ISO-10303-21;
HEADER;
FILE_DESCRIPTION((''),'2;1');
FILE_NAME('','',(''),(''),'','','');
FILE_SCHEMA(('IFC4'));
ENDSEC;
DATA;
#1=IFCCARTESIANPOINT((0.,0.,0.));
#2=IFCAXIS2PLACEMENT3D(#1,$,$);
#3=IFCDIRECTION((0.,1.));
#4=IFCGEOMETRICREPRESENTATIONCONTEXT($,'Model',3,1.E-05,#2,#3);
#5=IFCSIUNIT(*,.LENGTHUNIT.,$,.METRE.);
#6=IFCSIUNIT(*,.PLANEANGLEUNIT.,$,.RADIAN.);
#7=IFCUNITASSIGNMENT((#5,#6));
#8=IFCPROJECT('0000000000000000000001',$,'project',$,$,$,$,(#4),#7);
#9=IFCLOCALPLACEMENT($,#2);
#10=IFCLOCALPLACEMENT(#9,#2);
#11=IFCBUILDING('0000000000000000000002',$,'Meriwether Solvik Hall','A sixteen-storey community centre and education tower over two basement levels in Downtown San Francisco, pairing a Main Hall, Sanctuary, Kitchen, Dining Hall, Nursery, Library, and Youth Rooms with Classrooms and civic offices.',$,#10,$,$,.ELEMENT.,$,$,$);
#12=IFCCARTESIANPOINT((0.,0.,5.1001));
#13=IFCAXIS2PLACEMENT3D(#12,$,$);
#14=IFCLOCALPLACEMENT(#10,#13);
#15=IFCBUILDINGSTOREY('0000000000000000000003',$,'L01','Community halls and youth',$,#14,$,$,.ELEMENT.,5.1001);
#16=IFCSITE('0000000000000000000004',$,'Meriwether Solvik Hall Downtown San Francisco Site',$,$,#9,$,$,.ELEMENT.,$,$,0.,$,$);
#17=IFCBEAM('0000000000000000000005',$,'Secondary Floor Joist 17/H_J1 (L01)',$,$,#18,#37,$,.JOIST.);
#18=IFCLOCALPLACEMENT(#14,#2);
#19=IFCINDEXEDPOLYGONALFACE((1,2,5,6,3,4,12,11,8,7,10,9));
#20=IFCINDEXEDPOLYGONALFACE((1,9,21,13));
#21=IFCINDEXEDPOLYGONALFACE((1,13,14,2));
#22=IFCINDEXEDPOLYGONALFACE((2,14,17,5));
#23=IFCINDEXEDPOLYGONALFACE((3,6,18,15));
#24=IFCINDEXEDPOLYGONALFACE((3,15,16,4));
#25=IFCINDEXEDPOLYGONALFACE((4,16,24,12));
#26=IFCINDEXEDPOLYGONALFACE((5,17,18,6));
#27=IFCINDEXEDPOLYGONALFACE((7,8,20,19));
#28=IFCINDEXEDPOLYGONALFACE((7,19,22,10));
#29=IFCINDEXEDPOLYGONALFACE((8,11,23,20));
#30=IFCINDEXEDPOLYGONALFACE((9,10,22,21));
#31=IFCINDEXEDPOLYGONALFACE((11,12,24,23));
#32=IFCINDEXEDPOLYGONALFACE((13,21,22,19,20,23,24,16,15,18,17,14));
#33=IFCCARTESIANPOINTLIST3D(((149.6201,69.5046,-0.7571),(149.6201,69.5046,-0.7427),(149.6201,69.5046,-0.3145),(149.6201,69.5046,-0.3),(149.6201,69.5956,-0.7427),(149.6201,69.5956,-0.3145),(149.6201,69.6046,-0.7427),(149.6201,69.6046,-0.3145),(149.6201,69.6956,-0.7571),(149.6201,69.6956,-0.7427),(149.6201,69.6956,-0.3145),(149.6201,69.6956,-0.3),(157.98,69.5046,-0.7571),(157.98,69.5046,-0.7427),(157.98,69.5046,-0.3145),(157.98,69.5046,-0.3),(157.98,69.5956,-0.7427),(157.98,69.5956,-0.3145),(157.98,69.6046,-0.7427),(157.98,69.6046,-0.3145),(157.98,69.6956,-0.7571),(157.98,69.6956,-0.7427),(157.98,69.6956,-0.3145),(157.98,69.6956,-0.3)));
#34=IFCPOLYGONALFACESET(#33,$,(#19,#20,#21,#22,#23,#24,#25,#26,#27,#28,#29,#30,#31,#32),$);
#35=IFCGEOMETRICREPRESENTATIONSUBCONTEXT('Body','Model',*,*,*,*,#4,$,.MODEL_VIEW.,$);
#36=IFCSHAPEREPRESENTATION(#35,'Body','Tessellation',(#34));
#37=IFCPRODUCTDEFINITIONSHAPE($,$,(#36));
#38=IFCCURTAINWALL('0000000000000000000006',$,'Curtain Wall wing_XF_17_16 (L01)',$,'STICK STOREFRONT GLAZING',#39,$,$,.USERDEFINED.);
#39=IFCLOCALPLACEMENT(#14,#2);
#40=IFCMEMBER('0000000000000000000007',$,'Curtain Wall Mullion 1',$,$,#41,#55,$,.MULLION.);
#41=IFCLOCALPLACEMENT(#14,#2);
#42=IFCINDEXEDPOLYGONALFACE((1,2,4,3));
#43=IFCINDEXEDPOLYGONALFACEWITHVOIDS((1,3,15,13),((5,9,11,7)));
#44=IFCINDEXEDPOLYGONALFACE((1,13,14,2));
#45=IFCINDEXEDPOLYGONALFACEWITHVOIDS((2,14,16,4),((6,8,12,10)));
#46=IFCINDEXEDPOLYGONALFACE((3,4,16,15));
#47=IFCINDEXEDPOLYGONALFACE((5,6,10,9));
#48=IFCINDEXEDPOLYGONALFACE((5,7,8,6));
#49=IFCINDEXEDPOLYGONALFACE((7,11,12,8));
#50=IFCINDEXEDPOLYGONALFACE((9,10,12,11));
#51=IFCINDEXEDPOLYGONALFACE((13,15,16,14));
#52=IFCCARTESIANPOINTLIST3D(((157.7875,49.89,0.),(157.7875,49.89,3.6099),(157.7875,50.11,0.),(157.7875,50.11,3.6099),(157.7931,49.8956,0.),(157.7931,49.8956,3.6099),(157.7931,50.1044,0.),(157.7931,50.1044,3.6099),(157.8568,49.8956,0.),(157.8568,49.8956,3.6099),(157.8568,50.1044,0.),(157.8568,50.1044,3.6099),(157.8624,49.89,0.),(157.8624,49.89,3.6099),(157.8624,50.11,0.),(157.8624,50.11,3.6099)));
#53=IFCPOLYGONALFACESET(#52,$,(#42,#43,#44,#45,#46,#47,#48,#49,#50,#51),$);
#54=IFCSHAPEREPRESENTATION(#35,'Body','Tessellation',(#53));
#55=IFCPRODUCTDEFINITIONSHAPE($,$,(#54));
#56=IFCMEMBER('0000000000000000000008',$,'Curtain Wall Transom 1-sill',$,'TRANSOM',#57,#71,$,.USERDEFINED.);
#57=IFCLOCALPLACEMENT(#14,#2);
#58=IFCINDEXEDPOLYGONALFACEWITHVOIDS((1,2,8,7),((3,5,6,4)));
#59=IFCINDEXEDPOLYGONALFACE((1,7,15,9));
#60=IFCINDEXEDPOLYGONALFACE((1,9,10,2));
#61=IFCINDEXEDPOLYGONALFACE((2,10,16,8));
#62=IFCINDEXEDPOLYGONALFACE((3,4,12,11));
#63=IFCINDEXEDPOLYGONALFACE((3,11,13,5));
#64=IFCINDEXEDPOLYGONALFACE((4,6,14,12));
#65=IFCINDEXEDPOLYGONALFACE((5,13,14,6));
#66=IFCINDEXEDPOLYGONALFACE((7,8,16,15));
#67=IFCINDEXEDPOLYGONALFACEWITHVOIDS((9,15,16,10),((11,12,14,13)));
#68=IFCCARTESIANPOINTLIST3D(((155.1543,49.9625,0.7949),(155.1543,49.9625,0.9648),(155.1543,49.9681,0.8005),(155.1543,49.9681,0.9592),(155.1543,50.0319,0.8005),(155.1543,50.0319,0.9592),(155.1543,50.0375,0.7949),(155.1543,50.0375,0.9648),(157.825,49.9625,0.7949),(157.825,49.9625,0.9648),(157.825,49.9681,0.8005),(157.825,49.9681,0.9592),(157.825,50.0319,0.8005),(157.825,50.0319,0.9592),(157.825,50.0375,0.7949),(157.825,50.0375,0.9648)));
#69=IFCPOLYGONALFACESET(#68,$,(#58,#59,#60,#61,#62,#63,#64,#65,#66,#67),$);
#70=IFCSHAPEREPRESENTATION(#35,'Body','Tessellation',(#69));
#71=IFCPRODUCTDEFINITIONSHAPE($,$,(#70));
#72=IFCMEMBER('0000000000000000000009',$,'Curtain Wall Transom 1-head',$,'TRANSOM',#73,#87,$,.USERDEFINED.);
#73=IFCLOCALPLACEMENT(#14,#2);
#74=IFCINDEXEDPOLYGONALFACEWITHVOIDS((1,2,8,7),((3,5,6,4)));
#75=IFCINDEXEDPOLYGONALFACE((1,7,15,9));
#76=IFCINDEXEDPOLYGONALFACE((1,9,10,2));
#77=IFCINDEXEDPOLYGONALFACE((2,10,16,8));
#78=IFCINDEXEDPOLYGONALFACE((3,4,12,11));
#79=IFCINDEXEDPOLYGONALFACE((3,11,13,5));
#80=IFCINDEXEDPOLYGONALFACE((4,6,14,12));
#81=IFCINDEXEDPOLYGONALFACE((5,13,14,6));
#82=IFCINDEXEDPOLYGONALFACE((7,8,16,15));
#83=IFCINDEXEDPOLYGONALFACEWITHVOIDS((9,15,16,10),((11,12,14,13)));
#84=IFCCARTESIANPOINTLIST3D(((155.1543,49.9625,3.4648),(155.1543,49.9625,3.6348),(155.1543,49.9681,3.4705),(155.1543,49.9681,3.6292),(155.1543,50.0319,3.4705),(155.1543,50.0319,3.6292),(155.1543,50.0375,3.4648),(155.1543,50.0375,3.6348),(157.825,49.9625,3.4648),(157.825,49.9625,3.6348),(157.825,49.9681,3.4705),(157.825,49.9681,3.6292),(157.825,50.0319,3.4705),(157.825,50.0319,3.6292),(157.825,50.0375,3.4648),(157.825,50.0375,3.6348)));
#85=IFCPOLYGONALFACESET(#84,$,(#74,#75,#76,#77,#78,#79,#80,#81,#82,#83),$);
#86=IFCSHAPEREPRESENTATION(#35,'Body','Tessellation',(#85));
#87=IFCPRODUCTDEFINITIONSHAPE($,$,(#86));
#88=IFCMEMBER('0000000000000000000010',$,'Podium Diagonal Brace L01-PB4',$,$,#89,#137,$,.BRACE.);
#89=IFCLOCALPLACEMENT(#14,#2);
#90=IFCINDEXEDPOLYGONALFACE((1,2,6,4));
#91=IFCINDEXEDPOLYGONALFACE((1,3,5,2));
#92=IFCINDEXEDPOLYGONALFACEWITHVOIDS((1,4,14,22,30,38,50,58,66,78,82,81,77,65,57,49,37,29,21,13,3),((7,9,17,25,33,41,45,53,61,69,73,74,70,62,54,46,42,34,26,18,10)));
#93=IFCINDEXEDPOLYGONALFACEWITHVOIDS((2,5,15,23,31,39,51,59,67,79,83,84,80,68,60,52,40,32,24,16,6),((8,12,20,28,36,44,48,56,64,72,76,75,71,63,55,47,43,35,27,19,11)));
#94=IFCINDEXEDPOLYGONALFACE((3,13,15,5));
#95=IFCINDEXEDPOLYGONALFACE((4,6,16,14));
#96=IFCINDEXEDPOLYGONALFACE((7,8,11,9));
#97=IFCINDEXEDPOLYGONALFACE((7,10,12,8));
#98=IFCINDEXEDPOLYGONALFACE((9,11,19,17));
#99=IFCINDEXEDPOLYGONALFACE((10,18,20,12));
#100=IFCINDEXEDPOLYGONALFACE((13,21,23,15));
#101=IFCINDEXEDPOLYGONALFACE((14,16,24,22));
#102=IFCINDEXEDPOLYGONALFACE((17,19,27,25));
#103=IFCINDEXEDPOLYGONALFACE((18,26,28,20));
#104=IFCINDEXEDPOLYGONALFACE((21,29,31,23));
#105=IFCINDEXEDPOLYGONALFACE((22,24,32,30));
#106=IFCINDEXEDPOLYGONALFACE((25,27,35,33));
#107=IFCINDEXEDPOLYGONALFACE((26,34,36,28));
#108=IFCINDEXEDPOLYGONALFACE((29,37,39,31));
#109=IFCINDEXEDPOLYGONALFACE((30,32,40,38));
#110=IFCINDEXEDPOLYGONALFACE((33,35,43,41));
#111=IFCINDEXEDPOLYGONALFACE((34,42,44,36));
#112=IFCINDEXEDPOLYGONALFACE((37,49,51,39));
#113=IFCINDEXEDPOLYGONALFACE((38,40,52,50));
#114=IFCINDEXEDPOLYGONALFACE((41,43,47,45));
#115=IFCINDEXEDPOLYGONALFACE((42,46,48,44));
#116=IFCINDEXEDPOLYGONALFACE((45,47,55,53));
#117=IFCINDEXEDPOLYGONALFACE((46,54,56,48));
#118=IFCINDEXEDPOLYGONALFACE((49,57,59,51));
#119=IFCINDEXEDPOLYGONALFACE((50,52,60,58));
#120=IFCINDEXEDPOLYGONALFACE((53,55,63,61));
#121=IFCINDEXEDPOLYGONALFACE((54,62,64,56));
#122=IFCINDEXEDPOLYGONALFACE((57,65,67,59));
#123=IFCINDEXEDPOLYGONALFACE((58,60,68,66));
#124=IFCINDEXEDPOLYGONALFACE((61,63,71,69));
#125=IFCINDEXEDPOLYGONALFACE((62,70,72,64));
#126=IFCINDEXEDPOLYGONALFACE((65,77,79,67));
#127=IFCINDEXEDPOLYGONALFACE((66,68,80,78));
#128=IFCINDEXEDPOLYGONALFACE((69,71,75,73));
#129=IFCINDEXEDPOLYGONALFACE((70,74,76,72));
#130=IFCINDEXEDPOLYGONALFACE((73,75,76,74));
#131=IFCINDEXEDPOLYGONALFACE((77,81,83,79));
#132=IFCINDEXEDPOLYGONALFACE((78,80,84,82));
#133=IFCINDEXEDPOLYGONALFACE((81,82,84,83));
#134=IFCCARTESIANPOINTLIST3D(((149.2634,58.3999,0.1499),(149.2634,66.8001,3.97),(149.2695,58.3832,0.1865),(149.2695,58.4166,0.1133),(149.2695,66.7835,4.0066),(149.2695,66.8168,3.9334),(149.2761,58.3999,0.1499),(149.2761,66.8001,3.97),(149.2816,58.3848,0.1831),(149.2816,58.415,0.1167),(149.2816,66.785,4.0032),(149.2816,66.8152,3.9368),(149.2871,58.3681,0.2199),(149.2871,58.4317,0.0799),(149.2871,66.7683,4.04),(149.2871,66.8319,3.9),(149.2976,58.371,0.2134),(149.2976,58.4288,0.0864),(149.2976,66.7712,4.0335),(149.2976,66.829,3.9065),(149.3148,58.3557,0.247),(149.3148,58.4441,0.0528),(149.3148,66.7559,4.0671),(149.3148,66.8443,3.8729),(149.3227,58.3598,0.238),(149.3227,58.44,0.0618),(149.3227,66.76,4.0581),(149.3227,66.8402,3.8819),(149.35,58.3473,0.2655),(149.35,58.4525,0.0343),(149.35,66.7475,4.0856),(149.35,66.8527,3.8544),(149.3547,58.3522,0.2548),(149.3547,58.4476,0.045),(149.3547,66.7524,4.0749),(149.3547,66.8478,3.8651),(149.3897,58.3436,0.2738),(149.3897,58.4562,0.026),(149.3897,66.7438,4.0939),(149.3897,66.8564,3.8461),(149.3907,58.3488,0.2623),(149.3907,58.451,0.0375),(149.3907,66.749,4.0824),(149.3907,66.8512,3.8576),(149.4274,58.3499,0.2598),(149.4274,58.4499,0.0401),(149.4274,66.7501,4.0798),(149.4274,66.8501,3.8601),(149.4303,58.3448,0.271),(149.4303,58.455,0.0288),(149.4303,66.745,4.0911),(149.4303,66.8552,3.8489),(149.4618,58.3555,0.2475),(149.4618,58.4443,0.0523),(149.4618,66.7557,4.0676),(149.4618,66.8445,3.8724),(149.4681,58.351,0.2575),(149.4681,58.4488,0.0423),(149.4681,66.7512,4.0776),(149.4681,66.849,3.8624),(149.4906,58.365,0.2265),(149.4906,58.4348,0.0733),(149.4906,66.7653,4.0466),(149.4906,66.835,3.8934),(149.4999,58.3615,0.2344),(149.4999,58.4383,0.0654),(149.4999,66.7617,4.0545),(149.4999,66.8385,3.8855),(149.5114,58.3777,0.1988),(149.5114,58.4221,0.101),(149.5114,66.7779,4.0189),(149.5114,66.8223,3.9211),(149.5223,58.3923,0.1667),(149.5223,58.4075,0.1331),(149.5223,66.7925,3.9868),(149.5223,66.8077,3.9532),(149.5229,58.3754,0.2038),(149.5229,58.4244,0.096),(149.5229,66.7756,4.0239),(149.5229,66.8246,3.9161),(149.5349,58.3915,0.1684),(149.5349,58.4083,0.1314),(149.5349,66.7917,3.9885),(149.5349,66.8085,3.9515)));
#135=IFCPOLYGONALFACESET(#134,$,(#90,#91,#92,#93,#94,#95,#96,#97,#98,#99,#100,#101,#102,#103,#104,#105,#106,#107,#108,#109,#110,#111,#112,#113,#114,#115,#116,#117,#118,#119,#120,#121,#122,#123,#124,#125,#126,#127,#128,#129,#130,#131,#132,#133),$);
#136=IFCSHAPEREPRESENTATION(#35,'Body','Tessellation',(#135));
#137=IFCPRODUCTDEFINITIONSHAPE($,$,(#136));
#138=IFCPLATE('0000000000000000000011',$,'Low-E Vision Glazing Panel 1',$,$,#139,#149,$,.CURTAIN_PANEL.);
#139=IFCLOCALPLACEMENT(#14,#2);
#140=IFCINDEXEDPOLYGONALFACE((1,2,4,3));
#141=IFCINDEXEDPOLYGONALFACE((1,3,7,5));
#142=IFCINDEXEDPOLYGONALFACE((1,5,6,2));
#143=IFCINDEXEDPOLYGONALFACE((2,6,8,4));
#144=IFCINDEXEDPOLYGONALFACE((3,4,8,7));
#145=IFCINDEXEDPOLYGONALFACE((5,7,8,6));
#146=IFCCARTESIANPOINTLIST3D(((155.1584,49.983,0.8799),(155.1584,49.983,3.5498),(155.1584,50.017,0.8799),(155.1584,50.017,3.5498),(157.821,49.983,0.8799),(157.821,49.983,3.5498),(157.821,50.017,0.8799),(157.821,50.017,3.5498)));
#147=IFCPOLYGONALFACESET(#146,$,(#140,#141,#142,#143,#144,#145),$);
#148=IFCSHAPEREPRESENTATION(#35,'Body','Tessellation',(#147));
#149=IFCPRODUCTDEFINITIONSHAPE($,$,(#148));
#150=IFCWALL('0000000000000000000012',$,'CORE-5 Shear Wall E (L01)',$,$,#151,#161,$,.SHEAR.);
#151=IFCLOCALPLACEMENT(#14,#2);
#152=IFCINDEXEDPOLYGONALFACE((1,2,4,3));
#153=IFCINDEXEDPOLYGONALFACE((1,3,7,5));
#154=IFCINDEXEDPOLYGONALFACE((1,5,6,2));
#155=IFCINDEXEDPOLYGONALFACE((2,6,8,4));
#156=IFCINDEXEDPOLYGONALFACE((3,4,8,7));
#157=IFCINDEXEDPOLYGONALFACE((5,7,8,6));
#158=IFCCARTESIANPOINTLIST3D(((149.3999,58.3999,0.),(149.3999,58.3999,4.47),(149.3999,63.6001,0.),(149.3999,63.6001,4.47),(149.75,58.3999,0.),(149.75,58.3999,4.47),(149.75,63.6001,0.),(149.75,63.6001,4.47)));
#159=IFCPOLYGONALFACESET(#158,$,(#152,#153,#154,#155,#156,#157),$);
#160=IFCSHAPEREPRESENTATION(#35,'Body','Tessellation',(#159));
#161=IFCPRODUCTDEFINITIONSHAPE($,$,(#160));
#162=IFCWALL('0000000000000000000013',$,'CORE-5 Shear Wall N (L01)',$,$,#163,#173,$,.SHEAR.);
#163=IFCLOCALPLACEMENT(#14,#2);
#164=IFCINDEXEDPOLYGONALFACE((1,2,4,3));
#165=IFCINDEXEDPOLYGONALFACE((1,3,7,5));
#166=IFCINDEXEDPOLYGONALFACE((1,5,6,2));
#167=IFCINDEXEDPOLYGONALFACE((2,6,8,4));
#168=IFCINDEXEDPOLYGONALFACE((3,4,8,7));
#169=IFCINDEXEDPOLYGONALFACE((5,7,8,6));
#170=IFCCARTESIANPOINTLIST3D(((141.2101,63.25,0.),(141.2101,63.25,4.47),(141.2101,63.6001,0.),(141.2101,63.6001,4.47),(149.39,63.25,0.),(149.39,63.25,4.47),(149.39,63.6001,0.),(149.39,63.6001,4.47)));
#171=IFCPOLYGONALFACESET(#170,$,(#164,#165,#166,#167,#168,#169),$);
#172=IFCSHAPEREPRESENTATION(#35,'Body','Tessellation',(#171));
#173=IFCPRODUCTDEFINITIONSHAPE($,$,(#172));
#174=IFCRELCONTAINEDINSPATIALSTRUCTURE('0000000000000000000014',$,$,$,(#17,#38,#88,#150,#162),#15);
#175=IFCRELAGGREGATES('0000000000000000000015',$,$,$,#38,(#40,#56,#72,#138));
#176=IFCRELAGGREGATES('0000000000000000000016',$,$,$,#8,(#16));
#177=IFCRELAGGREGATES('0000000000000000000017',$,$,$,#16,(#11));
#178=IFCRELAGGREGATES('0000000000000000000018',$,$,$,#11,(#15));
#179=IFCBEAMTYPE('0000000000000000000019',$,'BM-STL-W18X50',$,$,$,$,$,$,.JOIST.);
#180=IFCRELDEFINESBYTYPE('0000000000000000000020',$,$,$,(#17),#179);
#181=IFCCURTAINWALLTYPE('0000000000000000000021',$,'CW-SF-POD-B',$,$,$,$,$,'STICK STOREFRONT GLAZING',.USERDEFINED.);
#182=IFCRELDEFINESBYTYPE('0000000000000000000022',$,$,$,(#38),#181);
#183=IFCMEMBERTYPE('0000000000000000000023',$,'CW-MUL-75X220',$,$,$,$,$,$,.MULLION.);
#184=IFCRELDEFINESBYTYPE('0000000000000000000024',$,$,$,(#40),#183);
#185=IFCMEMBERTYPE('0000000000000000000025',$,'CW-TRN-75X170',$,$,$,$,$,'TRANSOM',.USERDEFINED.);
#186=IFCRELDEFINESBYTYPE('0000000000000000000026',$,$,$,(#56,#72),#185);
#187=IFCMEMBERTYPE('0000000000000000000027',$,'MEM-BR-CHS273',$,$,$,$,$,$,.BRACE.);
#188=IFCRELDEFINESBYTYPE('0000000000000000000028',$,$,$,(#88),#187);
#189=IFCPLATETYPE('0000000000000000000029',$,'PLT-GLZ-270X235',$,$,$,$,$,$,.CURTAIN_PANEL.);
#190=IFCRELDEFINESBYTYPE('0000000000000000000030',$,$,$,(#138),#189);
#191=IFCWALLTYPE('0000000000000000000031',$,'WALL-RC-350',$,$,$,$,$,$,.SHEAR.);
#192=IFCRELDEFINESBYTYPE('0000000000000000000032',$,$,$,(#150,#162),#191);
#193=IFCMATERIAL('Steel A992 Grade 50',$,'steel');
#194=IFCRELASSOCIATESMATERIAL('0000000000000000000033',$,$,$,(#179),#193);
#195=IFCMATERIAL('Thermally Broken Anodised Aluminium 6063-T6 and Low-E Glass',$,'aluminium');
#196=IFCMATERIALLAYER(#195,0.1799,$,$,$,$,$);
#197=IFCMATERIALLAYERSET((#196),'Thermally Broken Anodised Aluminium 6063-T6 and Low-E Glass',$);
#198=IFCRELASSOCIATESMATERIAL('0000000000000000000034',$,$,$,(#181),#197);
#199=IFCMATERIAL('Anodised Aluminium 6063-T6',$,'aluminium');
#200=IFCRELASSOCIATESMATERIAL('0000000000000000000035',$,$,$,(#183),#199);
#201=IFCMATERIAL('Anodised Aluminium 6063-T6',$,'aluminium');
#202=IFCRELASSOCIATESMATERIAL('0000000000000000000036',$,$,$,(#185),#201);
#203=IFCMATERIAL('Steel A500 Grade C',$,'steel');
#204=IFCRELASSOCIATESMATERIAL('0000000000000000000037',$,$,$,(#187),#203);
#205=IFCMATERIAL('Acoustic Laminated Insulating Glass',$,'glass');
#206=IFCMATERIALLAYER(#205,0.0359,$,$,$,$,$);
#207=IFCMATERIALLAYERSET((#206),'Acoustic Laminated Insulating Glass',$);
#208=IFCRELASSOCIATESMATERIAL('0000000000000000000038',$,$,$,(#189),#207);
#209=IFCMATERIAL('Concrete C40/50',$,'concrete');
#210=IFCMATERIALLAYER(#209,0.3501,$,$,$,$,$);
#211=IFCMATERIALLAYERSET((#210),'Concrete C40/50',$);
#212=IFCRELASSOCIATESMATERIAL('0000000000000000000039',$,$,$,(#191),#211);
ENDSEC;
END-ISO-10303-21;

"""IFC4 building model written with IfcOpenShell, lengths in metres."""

from ifc_helpers import new_model, si_unit, direction, frame, frame_2d, origin, origin_2d, place, context, subcontext, project, spatial, rectangle, hollow_rectangle, hollow_circle, i_section, extrude, material, layer, layer_set, material_profile, profile_set, type_object, element, aggregate, save


model = new_model("IFC4")

# Units and contexts
model_context = context("Model", 3, precision=1e-05, world=origin(), true_north=direction((0.0, 1.0)))
body_context = subcontext(model_context, "Body", "Model", "MODEL_VIEW")
ifc_project = project(units=[si_unit("LENGTHUNIT", "METRE"), si_unit("PLANEANGLEUNIT", "RADIAN")], contexts=[model_context])

# Site, building, storey
site_placement = place(None, origin())
site = spatial("IfcSite", under=ifc_project, at=site_placement, Name="Meriwether Solvik Hall Downtown San Francisco Site", CompositionType="ELEMENT", RefElevation=0.0)
building_placement = place(site_placement, origin())
building = spatial("IfcBuilding", under=site, at=building_placement, Name="Meriwether Solvik Hall", Description="A sixteen-storey community centre and education tower over two basement levels in Downtown San Francisco, pairing a Main Hall, Sanctuary, Kitchen, Dining Hall, Nursery, Library, and Youth Rooms with Classrooms and civic offices.", CompositionType="ELEMENT")
storey_placement = place(building_placement, frame((0.0, 0.0, 5.1001)))
storey = spatial("IfcBuildingStorey", under=building, at=storey_placement, Name="L01", Description="Community halls and youth", CompositionType="ELEMENT", Elevation=5.1001)

# Beam
ifc_material_1 = material(Name="Steel A992 Grade 50", Category="steel")
ifc_material_profile_1 = material_profile(ifc_material_1, i_section(OverallWidth=0.1909, OverallDepth=0.457, WebThickness=0.009, FlangeThickness=0.0144, at=origin_2d()), Name="W18X50")
ifc_profile_set_1 = profile_set([ifc_material_profile_1], Name="Steel A992 Grade 50")
beam_type_1 = type_object("IfcBeamType", Name="BM-STL-W18X50", PredefinedType="JOIST", material=ifc_profile_set_1)
beam_1_placement = place(storey_placement, frame((149.6201, 69.6001, -0.5286), z_axis=(1.0, 0.0, 0.0), x_axis=(0.0, 1.0, 0.0)))
element("IfcBeam", 1, at=beam_1_placement, inside=storey, type_object=beam_type_1, Name="Secondary Floor Joist 17/H_J1 (L01)", PredefinedType="JOIST", context=body_context, shape_type="SweptSolid", body=[
    extrude(i_section(OverallWidth=0.1909, OverallDepth=0.457, WebThickness=0.009, FlangeThickness=0.0144, at=origin_2d()), origin(), (0.0, 0.0, 1.0), 8.3599),
])

# Curtain wall, members
ifc_material_2 = material(Name="Thermally Broken Anodised Aluminium 6063-T6 and Low-E Glass", Category="aluminium")
ifc_layer_1 = layer(ifc_material_2, 0.1799)
ifc_layer_set_1 = layer_set([ifc_layer_1], Name="Thermally Broken Anodised Aluminium 6063-T6 and Low-E Glass")
curtain_wall_type = type_object("IfcCurtainWallType", Name="CW-SF-POD-B", ElementType="STICK STOREFRONT GLAZING", PredefinedType="USERDEFINED", material=ifc_layer_set_1)
curtain_wall_placement = place(storey_placement, origin())
curtain_wall = element("IfcCurtainWall", 2, at=curtain_wall_placement, inside=storey, type_object=curtain_wall_type, Name="Curtain Wall wing_XF_17_16 (L01)", ObjectType="STICK STOREFRONT GLAZING", PredefinedType="USERDEFINED")
ifc_material_3 = material(Name="Anodised Aluminium 6063-T6", Category="aluminium")
ifc_material_profile_2 = material_profile(ifc_material_3, hollow_rectangle(XDim=0.075, YDim=0.22, WallThickness=0.0056, at=origin_2d()), Name="CWM-75X220")
ifc_profile_set_2 = profile_set([ifc_material_profile_2], Name="Anodised Aluminium 6063-T6")
member_type_1 = type_object("IfcMemberType", Name="CW-MUL-75X220", PredefinedType="MULLION", material=ifc_profile_set_2)
member_1_placement = place(storey_placement, frame((157.825, 50.0, 0.0), z_axis=(0.0, 0.0, 1.0), x_axis=(-1.0, 0.0, 0.0)))
member_1 = element("IfcMember", 3, at=member_1_placement, type_object=member_type_1, Name="Curtain Wall Mullion 1", PredefinedType="MULLION", context=body_context, shape_type="SweptSolid", body=[
    extrude(hollow_rectangle(XDim=0.075, YDim=0.22, WallThickness=0.0056, at=origin_2d()), origin(), (0.0, 0.0, 1.0), 3.6099),
])
ifc_material_4 = material(Name="Anodised Aluminium 6063-T6", Category="aluminium")
ifc_material_profile_3 = material_profile(ifc_material_4, hollow_rectangle(XDim=0.075, YDim=0.1699, WallThickness=0.0056, at=origin_2d()), Name="CWT-75X170")
ifc_profile_set_3 = profile_set([ifc_material_profile_3], Name="Anodised Aluminium 6063-T6")
member_type_2 = type_object("IfcMemberType", Name="CW-TRN-75X170", ElementType="TRANSOM", PredefinedType="USERDEFINED", material=ifc_profile_set_3)
member_2_placement = place(storey_placement, frame((157.825, 50.0, 0.8799), z_axis=(-1.0, 0.0, 0.0), x_axis=(0.0, -1.0, 0.0)))
member_2 = element("IfcMember", 4, at=member_2_placement, type_object=member_type_2, Name="Curtain Wall Transom 1-sill", ObjectType="TRANSOM", PredefinedType="USERDEFINED", context=body_context, shape_type="SweptSolid", body=[
    extrude(hollow_rectangle(XDim=0.075, YDim=0.1699, WallThickness=0.0056, at=origin_2d()), origin(), (0.0, 0.0, 1.0), 2.6707),
])
member_3_placement = place(storey_placement, frame((157.825, 50.0, 3.5498), z_axis=(-1.0, 0.0, 0.0), x_axis=(0.0, -1.0, 0.0)))
member_3 = element("IfcMember", 5, at=member_3_placement, type_object=member_type_2, Name="Curtain Wall Transom 1-head", ObjectType="TRANSOM", PredefinedType="USERDEFINED", context=body_context, shape_type="SweptSolid", body=[
    extrude(hollow_rectangle(XDim=0.075, YDim=0.1699, WallThickness=0.0056, at=origin_2d()), origin(), (0.0, 0.0, 1.0), 2.6707),
])

# Member
ifc_material_5 = material(Name="Steel A500 Grade C", Category="steel")
ifc_material_profile_4 = material_profile(ifc_material_5, hollow_circle(Radius=0.1365, WallThickness=0.0127, at=origin_2d()), Name="CHS273X12.7")
ifc_profile_set_4 = profile_set([ifc_material_profile_4], Name="Steel A500 Grade C")
member_type_3 = type_object("IfcMemberType", Name="MEM-BR-CHS273", PredefinedType="BRACE", material=ifc_profile_set_4)
member_4_placement = place(storey_placement, frame((149.3999, 58.3999, 0.1499), z_axis=(0.0, 0.910292, 0.413966), x_axis=(-1.0, 0.0, 0.0)))
element("IfcMember", 6, at=member_4_placement, inside=storey, type_object=member_type_3, Name="Podium Diagonal Brace L01-PB4", PredefinedType="BRACE", context=body_context, shape_type="SweptSolid", body=[
    extrude(hollow_circle(Radius=0.1365, WallThickness=0.0127, at=origin_2d()), origin(), (0.0, 0.0, 1.0), 9.228),
])

# Plate
ifc_material_6 = material(Name="Acoustic Laminated Insulating Glass", Category="glass")
ifc_layer_2 = layer(ifc_material_6, 0.0359)
ifc_layer_set_2 = layer_set([ifc_layer_2], Name="Acoustic Laminated Insulating Glass")
plate_type = type_object("IfcPlateType", Name="PLT-GLZ-270X235", PredefinedType="CURTAIN_PANEL", material=ifc_layer_set_2)
plate_placement = place(storey_placement, frame((156.4897, 50.0, 0.8799), z_axis=(0.0, 0.0, 1.0), x_axis=(-1.0, 0.0, 0.0)))
plate = element("IfcPlate", 7, at=plate_placement, type_object=plate_type, Name="Low-E Vision Glazing Panel 1", PredefinedType="CURTAIN_PANEL", context=body_context, shape_type="SweptSolid", body=[
    extrude(rectangle(XDim=2.6626, YDim=0.0339, at=origin_2d()), origin(), (0.0, 0.0, 1.0), 2.6699),
])
aggregate(curtain_wall, [member_1, member_2, member_3, plate])

# Walls
ifc_material_7 = material(Name="Concrete C40/50", Category="concrete")
ifc_layer_3 = layer(ifc_material_7, 0.3501)
ifc_layer_set_3 = layer_set([ifc_layer_3], Name="Concrete C40/50")
wall_type = type_object("IfcWallType", Name="WALL-RC-350", PredefinedType="SHEAR", material=ifc_layer_set_3)
wall_1_placement = place(storey_placement, frame((149.575, 58.3999, 0.0), z_axis=(0.0, 0.0, 1.0), x_axis=(0.0, 1.0, 0.0)))
element("IfcWall", 8, at=wall_1_placement, inside=storey, type_object=wall_type, Name="CORE-5 Shear Wall E (L01)", PredefinedType="SHEAR", context=body_context, shape_type="SweptSolid", body=[
    extrude(rectangle(XDim=5.2002, YDim=0.3501, at=frame_2d((2.6001, 0.0))), origin(), (0.0, 0.0, 1.0), 4.47),
])
wall_2_placement = place(storey_placement, frame((149.3899, 63.425, 0.0), z_axis=(0.0, 0.0, 1.0), x_axis=(-1.0, 0.0, 0.0)))
element("IfcWall", 9, at=wall_2_placement, inside=storey, type_object=wall_type, Name="CORE-5 Shear Wall N (L01)", PredefinedType="SHEAR", context=body_context, shape_type="SweptSolid", body=[
    extrude(rectangle(XDim=8.1799, YDim=0.3501, at=frame_2d((4.0898, 0.0))), origin(), (0.0, 0.0, 1.0), 4.47),
])

save(model, "model.ifc")
